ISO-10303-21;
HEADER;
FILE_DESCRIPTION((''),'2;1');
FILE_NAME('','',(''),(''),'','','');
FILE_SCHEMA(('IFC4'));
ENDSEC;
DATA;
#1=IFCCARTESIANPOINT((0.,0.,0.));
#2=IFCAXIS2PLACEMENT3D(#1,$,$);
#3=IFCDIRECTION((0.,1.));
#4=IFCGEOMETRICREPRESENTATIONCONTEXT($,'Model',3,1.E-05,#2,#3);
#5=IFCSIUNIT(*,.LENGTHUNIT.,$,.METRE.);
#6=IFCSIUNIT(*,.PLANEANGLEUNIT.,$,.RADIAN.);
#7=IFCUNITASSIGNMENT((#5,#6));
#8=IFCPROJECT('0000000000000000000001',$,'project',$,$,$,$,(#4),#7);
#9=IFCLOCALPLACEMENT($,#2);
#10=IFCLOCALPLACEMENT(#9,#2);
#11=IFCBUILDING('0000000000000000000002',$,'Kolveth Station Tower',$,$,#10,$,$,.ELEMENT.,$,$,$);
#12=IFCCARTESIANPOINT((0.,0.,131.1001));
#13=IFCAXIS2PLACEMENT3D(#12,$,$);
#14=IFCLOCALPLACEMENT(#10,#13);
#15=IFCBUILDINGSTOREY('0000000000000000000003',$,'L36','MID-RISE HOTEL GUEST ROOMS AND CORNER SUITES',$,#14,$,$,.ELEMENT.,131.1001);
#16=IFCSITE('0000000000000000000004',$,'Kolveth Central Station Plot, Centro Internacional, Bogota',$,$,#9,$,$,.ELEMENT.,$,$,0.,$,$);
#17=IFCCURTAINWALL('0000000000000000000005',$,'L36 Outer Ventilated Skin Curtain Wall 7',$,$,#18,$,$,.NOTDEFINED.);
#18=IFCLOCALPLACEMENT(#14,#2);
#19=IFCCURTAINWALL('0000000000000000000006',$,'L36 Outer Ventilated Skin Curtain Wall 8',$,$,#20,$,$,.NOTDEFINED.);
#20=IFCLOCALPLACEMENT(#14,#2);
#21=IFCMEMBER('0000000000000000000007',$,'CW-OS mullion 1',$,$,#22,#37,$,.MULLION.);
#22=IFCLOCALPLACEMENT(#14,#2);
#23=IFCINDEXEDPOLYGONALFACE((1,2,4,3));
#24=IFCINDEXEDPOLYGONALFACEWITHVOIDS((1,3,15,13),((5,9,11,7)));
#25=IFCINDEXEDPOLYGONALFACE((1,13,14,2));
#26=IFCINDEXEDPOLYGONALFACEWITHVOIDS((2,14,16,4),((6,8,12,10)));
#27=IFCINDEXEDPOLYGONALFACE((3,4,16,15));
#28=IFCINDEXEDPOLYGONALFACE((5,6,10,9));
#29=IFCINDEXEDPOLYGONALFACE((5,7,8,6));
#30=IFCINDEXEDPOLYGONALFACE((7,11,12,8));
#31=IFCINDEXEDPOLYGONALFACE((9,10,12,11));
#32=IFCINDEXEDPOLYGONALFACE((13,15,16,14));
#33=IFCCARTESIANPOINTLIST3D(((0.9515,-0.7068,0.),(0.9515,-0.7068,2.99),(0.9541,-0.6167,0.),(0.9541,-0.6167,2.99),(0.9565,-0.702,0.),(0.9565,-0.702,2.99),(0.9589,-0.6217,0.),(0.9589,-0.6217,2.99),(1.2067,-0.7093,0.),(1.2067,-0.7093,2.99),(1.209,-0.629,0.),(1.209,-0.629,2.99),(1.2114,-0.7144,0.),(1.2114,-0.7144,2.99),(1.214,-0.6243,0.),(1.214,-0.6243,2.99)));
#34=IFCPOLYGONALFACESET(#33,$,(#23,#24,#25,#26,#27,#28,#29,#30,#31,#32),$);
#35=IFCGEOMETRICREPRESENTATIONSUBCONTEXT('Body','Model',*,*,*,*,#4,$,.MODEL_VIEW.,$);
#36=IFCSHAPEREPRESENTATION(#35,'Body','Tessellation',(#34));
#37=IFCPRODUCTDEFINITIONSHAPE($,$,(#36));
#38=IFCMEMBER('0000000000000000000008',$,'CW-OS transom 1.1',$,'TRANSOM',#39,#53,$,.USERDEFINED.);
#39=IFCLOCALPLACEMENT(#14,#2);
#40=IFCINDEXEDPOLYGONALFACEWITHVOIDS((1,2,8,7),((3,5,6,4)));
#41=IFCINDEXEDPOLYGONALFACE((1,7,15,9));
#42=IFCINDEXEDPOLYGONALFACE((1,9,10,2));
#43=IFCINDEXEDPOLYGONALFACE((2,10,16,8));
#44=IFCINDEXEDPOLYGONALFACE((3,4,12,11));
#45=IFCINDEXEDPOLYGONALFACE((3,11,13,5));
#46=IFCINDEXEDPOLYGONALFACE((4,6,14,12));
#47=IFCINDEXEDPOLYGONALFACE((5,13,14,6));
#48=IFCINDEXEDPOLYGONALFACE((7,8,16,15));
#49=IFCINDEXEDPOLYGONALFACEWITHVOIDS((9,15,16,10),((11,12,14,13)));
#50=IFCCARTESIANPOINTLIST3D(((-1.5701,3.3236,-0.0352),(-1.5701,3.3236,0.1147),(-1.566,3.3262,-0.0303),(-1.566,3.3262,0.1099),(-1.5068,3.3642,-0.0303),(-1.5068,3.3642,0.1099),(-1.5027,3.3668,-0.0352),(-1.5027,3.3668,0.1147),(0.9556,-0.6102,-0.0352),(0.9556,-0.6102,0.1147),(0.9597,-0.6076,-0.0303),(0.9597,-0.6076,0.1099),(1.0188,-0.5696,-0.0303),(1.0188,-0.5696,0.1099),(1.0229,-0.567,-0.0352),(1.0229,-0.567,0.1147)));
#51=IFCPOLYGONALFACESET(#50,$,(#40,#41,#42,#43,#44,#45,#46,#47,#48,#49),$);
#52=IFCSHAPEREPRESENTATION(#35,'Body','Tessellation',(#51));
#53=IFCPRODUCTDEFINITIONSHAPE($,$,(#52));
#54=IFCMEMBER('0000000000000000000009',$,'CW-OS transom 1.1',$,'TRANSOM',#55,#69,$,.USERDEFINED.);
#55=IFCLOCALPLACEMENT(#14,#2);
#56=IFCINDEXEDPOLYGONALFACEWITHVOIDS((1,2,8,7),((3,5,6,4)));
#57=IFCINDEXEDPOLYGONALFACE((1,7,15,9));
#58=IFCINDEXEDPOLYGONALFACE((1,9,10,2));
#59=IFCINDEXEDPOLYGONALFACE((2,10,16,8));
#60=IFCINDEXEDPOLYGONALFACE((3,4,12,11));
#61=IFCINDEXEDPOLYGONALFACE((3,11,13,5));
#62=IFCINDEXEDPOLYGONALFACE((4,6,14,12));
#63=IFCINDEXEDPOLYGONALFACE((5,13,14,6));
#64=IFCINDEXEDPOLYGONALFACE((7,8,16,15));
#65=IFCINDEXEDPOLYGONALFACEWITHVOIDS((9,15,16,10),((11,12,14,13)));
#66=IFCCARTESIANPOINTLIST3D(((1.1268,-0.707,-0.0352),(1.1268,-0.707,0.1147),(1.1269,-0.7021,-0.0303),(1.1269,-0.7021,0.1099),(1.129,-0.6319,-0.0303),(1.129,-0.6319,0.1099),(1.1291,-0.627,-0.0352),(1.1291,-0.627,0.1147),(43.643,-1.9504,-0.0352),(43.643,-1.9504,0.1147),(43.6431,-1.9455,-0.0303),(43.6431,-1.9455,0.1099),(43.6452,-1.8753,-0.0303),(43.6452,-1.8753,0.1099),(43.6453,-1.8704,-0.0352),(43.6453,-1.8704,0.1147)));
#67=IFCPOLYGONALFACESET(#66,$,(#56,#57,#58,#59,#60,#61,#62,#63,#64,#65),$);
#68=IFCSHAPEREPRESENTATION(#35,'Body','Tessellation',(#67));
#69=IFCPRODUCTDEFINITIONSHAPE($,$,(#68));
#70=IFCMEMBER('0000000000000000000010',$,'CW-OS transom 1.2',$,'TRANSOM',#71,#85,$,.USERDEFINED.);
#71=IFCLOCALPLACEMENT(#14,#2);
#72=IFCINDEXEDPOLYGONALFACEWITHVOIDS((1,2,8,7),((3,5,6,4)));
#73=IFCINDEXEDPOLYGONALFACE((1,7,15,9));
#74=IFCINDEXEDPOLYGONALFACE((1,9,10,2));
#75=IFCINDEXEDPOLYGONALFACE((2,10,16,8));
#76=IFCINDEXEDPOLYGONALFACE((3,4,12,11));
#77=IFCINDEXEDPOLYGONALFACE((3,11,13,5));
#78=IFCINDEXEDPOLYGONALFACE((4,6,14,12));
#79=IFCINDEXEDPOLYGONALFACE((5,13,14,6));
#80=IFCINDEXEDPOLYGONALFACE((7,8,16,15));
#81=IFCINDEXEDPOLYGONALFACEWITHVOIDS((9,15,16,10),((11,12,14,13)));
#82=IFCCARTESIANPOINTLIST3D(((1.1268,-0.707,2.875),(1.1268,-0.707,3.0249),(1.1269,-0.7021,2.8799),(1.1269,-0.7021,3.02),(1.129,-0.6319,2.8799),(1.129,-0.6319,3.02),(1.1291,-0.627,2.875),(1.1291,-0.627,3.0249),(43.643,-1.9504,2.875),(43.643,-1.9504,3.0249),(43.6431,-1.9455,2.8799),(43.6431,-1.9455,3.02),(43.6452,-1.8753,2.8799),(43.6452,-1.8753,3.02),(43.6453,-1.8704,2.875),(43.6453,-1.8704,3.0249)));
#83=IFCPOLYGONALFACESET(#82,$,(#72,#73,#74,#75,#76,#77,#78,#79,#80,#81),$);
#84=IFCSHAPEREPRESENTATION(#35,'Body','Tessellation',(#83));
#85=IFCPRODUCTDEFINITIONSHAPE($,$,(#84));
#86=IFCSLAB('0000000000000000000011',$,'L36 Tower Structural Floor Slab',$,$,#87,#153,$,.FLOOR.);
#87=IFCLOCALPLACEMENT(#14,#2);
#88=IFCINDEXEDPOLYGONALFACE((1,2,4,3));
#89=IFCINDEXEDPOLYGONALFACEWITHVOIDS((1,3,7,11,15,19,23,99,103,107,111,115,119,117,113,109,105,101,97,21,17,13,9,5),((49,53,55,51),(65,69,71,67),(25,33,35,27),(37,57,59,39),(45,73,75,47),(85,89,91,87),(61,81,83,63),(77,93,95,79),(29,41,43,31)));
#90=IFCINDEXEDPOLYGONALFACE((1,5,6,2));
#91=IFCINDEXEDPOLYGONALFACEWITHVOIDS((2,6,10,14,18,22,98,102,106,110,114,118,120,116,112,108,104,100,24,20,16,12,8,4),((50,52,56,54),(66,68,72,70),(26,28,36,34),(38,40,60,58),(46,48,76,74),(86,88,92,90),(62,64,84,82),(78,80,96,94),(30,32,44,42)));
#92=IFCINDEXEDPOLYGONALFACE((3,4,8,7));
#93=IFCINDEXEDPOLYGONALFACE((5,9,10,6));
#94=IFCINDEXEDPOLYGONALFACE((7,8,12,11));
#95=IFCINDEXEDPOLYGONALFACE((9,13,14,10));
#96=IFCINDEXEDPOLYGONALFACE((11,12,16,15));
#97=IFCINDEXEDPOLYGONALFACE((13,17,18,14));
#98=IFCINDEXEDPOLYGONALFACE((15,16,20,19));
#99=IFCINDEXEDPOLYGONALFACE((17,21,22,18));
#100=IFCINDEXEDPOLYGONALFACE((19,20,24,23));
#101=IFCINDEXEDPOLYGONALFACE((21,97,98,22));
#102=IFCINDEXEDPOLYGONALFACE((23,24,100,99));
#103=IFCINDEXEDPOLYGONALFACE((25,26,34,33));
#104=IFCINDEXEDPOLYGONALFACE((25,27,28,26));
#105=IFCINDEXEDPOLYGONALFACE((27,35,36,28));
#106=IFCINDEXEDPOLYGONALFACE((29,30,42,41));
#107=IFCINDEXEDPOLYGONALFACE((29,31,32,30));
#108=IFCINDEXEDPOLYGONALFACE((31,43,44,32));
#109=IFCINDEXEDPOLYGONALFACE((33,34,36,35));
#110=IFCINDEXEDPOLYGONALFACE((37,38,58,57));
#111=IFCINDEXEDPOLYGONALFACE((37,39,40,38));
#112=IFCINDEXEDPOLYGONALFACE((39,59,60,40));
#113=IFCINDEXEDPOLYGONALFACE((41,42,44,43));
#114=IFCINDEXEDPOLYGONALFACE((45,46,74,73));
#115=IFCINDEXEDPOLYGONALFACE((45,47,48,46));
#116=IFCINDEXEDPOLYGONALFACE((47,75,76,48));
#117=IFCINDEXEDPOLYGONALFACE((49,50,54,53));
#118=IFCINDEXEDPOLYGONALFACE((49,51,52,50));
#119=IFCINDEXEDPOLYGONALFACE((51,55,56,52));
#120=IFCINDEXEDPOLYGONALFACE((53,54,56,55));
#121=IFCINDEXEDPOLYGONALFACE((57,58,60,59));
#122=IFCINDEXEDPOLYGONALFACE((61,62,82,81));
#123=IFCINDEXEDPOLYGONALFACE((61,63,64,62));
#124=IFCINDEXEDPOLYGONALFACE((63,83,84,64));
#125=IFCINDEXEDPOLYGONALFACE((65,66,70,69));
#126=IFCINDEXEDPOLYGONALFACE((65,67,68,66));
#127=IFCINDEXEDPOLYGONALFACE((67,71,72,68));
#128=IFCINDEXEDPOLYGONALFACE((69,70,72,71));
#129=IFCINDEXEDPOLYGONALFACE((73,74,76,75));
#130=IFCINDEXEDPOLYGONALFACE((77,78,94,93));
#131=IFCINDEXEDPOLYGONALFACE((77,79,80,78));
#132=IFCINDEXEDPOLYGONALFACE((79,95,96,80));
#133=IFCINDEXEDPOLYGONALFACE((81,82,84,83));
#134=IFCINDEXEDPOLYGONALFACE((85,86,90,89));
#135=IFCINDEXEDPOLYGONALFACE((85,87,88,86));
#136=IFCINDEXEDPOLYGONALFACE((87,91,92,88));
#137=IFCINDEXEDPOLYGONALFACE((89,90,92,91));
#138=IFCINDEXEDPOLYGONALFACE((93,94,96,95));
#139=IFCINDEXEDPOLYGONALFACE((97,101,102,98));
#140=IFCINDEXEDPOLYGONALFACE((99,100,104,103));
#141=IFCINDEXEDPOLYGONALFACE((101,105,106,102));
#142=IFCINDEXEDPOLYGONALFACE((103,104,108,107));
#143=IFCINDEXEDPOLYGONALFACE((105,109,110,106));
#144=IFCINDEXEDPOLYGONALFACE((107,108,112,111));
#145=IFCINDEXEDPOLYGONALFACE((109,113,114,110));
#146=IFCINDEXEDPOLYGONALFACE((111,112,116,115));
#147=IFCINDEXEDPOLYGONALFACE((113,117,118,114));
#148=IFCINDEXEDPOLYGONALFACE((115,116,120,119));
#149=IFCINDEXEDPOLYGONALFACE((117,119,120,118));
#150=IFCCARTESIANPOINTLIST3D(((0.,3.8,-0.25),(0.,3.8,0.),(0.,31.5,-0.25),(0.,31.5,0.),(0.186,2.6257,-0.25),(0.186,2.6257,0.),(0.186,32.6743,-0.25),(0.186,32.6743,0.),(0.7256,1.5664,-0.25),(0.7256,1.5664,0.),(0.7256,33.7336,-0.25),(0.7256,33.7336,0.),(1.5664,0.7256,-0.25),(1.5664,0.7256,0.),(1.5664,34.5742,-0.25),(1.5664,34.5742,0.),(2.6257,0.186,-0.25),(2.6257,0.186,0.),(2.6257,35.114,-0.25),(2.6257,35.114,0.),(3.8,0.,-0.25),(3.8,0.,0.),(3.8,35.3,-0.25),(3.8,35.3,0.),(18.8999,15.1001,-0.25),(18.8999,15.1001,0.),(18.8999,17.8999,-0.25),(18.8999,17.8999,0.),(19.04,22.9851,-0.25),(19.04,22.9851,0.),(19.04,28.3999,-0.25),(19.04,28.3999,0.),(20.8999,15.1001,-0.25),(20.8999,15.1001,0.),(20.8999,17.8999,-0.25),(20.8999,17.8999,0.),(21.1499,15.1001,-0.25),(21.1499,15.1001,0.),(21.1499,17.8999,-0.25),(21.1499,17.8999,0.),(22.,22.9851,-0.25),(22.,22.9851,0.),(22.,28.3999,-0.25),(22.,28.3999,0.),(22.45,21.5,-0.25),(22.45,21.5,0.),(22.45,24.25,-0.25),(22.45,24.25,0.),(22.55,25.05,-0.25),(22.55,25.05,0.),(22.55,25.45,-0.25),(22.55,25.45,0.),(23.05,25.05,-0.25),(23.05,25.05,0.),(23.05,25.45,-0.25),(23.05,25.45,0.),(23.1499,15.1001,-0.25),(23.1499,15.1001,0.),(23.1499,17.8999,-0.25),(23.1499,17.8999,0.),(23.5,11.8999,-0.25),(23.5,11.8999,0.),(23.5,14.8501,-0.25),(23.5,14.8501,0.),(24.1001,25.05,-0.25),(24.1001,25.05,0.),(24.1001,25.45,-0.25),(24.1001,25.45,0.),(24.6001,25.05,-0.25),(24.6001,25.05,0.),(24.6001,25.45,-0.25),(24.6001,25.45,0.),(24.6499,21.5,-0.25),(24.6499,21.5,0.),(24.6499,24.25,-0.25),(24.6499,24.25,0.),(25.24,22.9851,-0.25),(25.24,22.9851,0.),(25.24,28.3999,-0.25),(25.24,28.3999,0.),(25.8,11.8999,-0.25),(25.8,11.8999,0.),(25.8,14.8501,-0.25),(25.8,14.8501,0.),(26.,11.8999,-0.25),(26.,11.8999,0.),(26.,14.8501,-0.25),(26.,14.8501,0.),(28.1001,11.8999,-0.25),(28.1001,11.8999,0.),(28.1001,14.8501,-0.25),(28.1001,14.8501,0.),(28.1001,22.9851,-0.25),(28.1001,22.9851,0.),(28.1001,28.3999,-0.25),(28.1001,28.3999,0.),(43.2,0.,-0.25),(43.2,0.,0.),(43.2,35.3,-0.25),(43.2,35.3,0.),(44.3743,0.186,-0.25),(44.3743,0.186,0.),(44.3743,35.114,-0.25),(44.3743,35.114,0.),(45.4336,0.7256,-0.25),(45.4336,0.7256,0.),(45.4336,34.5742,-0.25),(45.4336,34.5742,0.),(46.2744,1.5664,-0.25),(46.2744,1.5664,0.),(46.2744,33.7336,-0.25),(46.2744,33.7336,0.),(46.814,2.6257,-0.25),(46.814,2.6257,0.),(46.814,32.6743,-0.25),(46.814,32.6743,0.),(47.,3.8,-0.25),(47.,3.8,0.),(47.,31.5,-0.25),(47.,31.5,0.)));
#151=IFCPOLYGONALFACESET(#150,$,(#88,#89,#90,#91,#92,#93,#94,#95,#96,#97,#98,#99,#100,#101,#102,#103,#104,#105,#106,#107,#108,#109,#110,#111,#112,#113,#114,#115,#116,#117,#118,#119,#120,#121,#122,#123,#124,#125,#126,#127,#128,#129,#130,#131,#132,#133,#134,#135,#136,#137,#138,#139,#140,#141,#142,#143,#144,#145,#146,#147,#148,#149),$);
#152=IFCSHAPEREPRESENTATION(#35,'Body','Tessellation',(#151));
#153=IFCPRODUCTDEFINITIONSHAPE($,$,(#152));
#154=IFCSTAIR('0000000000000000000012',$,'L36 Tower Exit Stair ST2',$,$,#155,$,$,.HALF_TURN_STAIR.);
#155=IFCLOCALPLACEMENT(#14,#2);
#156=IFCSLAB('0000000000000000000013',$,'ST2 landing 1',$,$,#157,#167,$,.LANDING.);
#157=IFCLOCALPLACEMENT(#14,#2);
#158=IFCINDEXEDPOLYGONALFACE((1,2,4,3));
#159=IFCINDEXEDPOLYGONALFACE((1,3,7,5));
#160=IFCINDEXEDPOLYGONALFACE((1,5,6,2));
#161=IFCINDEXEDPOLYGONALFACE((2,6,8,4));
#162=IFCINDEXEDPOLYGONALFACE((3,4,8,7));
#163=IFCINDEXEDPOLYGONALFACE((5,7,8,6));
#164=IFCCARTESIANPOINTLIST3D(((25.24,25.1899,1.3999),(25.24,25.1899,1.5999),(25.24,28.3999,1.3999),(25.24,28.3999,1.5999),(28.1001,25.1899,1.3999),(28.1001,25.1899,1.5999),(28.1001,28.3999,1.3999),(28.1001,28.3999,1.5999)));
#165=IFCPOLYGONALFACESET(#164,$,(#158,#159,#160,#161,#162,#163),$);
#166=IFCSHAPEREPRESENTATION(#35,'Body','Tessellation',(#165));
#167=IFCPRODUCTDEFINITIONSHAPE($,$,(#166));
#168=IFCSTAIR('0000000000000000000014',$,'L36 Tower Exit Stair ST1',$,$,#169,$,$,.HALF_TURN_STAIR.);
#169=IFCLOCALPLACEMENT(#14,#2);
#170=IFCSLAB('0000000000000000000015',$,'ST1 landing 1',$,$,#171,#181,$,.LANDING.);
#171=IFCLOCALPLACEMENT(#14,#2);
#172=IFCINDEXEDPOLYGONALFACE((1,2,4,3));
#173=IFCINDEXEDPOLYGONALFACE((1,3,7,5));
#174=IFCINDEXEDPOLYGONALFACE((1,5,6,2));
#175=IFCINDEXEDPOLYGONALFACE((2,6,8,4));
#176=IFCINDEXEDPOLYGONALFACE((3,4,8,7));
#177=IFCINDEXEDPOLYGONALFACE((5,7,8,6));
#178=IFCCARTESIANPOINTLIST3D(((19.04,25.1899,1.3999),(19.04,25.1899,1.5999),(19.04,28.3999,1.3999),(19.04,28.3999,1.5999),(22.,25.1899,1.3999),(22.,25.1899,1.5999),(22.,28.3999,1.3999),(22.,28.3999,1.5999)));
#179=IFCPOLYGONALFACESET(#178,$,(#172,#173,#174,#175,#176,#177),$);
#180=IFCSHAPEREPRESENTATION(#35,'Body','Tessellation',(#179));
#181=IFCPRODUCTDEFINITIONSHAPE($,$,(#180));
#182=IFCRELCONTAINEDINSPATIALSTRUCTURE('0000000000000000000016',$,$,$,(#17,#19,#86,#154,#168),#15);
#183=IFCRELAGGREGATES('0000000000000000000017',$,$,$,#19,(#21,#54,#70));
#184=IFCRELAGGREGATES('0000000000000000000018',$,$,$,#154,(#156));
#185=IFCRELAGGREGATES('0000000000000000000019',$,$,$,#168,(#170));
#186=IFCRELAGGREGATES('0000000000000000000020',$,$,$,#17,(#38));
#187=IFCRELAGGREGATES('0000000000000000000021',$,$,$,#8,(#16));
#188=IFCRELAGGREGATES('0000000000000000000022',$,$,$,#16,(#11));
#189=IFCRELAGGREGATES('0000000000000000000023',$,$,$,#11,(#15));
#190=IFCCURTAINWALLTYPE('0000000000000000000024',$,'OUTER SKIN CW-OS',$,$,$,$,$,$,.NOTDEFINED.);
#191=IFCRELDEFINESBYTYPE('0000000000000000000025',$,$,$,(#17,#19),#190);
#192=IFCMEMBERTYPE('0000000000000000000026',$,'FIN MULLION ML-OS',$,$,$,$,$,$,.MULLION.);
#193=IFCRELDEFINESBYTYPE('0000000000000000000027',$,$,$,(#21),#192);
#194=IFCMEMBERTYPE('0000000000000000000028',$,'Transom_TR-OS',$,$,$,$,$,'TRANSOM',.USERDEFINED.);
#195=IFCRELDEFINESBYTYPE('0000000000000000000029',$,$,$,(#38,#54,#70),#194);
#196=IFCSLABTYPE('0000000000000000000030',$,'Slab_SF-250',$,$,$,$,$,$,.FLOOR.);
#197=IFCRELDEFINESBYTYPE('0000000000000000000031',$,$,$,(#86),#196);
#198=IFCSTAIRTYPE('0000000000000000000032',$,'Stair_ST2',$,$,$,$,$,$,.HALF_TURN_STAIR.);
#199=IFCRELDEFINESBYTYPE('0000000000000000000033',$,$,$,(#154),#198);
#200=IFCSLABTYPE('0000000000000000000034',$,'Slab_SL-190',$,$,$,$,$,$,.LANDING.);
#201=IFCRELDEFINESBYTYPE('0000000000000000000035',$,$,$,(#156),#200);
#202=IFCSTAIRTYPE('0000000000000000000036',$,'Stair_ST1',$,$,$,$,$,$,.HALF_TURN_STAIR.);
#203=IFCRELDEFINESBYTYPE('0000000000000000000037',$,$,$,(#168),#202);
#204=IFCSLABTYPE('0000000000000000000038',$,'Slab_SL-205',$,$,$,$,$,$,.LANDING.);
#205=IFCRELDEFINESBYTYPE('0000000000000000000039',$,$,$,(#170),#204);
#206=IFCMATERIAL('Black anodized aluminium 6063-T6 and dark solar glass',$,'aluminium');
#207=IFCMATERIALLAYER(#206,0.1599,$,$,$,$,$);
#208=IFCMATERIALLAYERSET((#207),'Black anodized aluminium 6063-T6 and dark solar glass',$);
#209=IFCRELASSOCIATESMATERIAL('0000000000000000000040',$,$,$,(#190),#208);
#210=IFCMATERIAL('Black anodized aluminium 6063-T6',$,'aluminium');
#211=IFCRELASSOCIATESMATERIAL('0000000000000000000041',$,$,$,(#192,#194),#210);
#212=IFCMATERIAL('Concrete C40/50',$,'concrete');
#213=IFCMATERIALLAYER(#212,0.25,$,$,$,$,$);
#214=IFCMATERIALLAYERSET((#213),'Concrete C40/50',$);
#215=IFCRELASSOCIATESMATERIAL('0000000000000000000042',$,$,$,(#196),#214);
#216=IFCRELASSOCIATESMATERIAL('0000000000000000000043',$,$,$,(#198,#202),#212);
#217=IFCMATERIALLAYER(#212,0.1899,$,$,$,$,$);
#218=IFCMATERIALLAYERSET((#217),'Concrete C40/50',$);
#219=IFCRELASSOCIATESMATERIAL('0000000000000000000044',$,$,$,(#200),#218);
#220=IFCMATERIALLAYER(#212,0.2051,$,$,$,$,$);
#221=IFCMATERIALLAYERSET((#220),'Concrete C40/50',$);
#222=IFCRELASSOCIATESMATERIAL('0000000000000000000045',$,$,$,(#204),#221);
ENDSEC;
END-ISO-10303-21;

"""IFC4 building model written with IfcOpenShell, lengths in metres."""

from ifc_helpers import new_model, si_unit, direction, frame, origin, origin_2d, place, context, subcontext, project, spatial, polyline, hollow_rectangle, outline, extrude, source, transform, mapped, material, layer, layer_set, material_profile, profile_set, type_object, element, aggregate, save


model = new_model("IFC4")

# Units and contexts
model_context = context("Model", 3, precision=1e-05, world=origin(), true_north=direction((0.0, 1.0)))
body_context = subcontext(model_context, "Body", "Model", "MODEL_VIEW")
ifc_project = project(units=[si_unit("LENGTHUNIT", "METRE"), si_unit("PLANEANGLEUNIT", "RADIAN")], contexts=[model_context])

# Site, building, storey
site_placement = place(None, origin())
site = spatial("IfcSite", under=ifc_project, at=site_placement, Name="Kolveth Central Station Plot, Centro Internacional, Bogota", CompositionType="ELEMENT", RefElevation=0.0)
building_placement = place(site_placement, origin())
building = spatial("IfcBuilding", under=site, at=building_placement, Name="Kolveth Station Tower", CompositionType="ELEMENT")
storey_placement = place(building_placement, frame((0.0, 0.0, 131.1001)))
storey = spatial("IfcBuildingStorey", under=building, at=storey_placement, Name="L36", Description="MID-RISE HOTEL GUEST ROOMS AND CORNER SUITES", CompositionType="ELEMENT", Elevation=131.1001)

# Shared definitions
ifc_material_1 = material(Name="Black anodized aluminium 6063-T6", Category="aluminium")

# Curtain walls, member
ifc_material_2 = material(Name="Black anodized aluminium 6063-T6 and dark solar glass", Category="aluminium")
ifc_layer_1 = layer(ifc_material_2, 0.1599)
ifc_layer_set_1 = layer_set([ifc_layer_1], Name="Black anodized aluminium 6063-T6 and dark solar glass")
curtain_wall_type_1 = type_object("IfcCurtainWallType", Name="OUTER SKIN CW-OS", PredefinedType="NOTDEFINED", material=ifc_layer_set_1)
curtain_wall_1_placement = place(storey_placement, origin())
curtain_wall_1 = element("IfcCurtainWall", 1, at=curtain_wall_1_placement, inside=storey, type_object=curtain_wall_type_1, Name="L36 Outer Ventilated Skin Curtain Wall 7", PredefinedType="NOTDEFINED")
ifc_material_profile_1 = material_profile(ifc_material_1, hollow_rectangle(XDim=0.0901, YDim=0.26, WallThickness=0.0049, at=origin_2d()), Name="ALU-90x260x5")
ifc_profile_set_1 = profile_set([ifc_material_profile_1], Name="Black anodized aluminium 6063-T6")
member_type_1 = type_object("IfcMemberType", Name="FIN MULLION ML-OS", PredefinedType="MULLION", material=ifc_profile_set_1)
shared_shape_1 = source(origin(), body_context, "Body", "SweptSolid", [
    extrude(hollow_rectangle(XDim=0.0901, YDim=0.26, WallThickness=0.0049, at=origin_2d()), origin(), (0.0, 0.0, 1.0), 2.99),
])
curtain_wall_2_placement = place(storey_placement, origin())
curtain_wall_2 = element("IfcCurtainWall", 2, at=curtain_wall_2_placement, inside=storey, type_object=curtain_wall_type_1, Name="L36 Outer Ventilated Skin Curtain Wall 8", PredefinedType="NOTDEFINED")
member_1_placement = place(storey_placement, frame((1.0828, -0.6655, 0.0), z_axis=(0.0, 0.0, 1.0), x_axis=(0.029234, 0.999573, 0.0)))
member_1 = element("IfcMember", 3, at=member_1_placement, type_object=member_type_1, Name="CW-OS mullion 1", PredefinedType="MULLION", context=body_context, shape_type="MappedRepresentation", body=[
    mapped(shared_shape_1, transform((0.0, 0.0, 0.0), x_axis=(1.0, 0.0, 0.0), y_axis=(0.0, 1.0, 0.0), z_axis=(0.0, 0.0, 1.0), scale=1.0)),
])

# Members
ifc_material_profile_2 = material_profile(ifc_material_1, hollow_rectangle(XDim=0.0801, YDim=0.1499, WallThickness=0.0049, at=origin_2d()), Name="ALU-80x150x5")
ifc_profile_set_2 = profile_set([ifc_material_profile_2], Name="Black anodized aluminium 6063-T6")
member_type_2 = type_object("IfcMemberType", Name="Transom_TR-OS", ElementType="TRANSOM", PredefinedType="USERDEFINED", material=ifc_profile_set_2)
shared_shape_2 = source(origin(), body_context, "Body", "SweptSolid", [
    extrude(hollow_rectangle(XDim=0.0801, YDim=0.1499, WallThickness=0.0049, at=origin_2d()), origin(), (0.0, 0.0, 1.0), 4.6748),
])
member_2_placement = place(storey_placement, frame((-1.5364, 3.3452, 0.0398), z_axis=(0.540264, -0.841496, 0.0), x_axis=(0.841496, 0.540264, 0.0)))
member_2 = element("IfcMember", 4, at=member_2_placement, type_object=member_type_2, Name="CW-OS transom 1.1", ObjectType="TRANSOM", PredefinedType="USERDEFINED", context=body_context, shape_type="MappedRepresentation", body=[
    mapped(shared_shape_2, transform((0.0, 0.0, 0.0), x_axis=(1.0, 0.0, 0.0), y_axis=(0.0, 1.0, 0.0), z_axis=(0.0, 0.0, 1.0), scale=1.0)),
])
shared_shape_3 = source(origin(), body_context, "Body", "SweptSolid", [
    extrude(hollow_rectangle(XDim=0.0801, YDim=0.1499, WallThickness=0.0049, at=origin_2d()), origin(), (0.0, 0.0, 1.0), 42.5344),
])
member_3_placement = place(storey_placement, frame((1.1279, -0.667, 0.0398), z_axis=(0.999573, -0.029233, 0.0), x_axis=(0.029233, 0.999573, 0.0)))
member_3 = element("IfcMember", 5, at=member_3_placement, type_object=member_type_2, Name="CW-OS transom 1.1", ObjectType="TRANSOM", PredefinedType="USERDEFINED", context=body_context, shape_type="MappedRepresentation", body=[
    mapped(shared_shape_3, transform((0.0, 0.0, 0.0), x_axis=(1.0, 0.0, 0.0), y_axis=(0.0, 1.0, 0.0), z_axis=(0.0, 0.0, 1.0), scale=1.0)),
])
member_4_placement = place(storey_placement, frame((1.1279, -0.667, 2.95), z_axis=(0.999573, -0.029233, 0.0), x_axis=(0.029233, 0.999573, 0.0)))
member_4 = element("IfcMember", 6, at=member_4_placement, type_object=member_type_2, Name="CW-OS transom 1.2", ObjectType="TRANSOM", PredefinedType="USERDEFINED", context=body_context, shape_type="MappedRepresentation", body=[
    mapped(shared_shape_3, transform((0.0, 0.0, 0.0), x_axis=(1.0, 0.0, 0.0), y_axis=(0.0, 1.0, 0.0), z_axis=(0.0, 0.0, 1.0), scale=1.0)),
])
aggregate(curtain_wall_2, [member_1, member_3, member_4])

# Slab
ifc_material_3 = material(Name="Concrete C40/50", Category="concrete")
ifc_layer_2 = layer(ifc_material_3, 0.25)
ifc_layer_set_2 = layer_set([ifc_layer_2], Name="Concrete C40/50")
slab_type_1 = type_object("IfcSlabType", Name="Slab_SF-250", PredefinedType="FLOOR", material=ifc_layer_set_2)
slab_1_placement = place(storey_placement, frame((0.0, 0.0, -0.25)))
element("IfcSlab", 7, at=slab_1_placement, inside=storey, type_object=slab_type_1, Name="L36 Tower Structural Floor Slab", PredefinedType="FLOOR", context=body_context, shape_type="SweptSolid", body=[
    extrude(outline(polyline([(43.2, 0.0), (44.3743, 0.186), (45.4336, 0.7256), (46.2744, 1.5664), (46.814, 2.6257), (47.0, 3.8), (47.0, 31.5), (46.814, 32.6743), (46.2744, 33.7336), (45.4336, 34.5742), (44.3743, 35.114), (43.2, 35.3), (3.8, 35.3), (2.6257, 35.114), (1.5664, 34.5742), (0.7256, 33.7336), (0.186, 32.6743), (0.0, 31.5), (0.0, 3.8), (0.186, 2.6257), (0.7256, 1.5664), (1.5664, 0.7256), (2.6257, 0.186), (3.8, 0.0), (43.2, 0.0)]), holes=[polyline([(19.04, 22.9851), (22.0, 22.9851), (22.0, 28.3999), (19.04, 28.3999), (19.04, 22.9851)]), polyline([(25.24, 22.9851), (28.1001, 22.9851), (28.1001, 28.3999), (25.24, 28.3999), (25.24, 22.9851)]), polyline([(18.8999, 15.1001), (20.8999, 15.1001), (20.8999, 17.8999), (18.8999, 17.8999), (18.8999, 15.1001)]), polyline([(21.1499, 15.1001), (23.1499, 15.1001), (23.1499, 17.8999), (21.1499, 17.8999), (21.1499, 15.1001)]), polyline([(22.45, 21.5), (24.6499, 21.5), (24.6499, 24.25), (22.45, 24.25), (22.45, 21.5)]), polyline([(23.5, 11.8999), (25.8, 11.8999), (25.8, 14.8501), (23.5, 14.8501), (23.5, 11.8999)]), polyline([(26.0, 11.8999), (28.1001, 11.8999), (28.1001, 14.8501), (26.0, 14.8501), (26.0, 11.8999)]), polyline([(22.55, 25.05), (23.05, 25.05), (23.05, 25.45), (22.55, 25.45), (22.55, 25.05)]), polyline([(24.1001, 25.05), (24.6001, 25.05), (24.6001, 25.45), (24.1001, 25.45), (24.1001, 25.05)])]), origin(), (0.0, 0.0, 1.0), 0.25),
])

# Stairs, slabs
stair_type_1 = type_object("IfcStairType", Name="Stair_ST2", PredefinedType="HALF_TURN_STAIR", material=ifc_material_3)
stair_1_placement = place(storey_placement, origin())
stair_1 = element("IfcStair", 8, at=stair_1_placement, inside=storey, type_object=stair_type_1, Name="L36 Tower Exit Stair ST2", PredefinedType="HALF_TURN_STAIR")
ifc_layer_3 = layer(ifc_material_3, 0.1899)
ifc_layer_set_3 = layer_set([ifc_layer_3], Name="Concrete C40/50")
slab_type_2 = type_object("IfcSlabType", Name="Slab_SL-190", PredefinedType="LANDING", material=ifc_layer_set_3)
slab_2_placement = place(storey_placement, frame((0.0, 0.0, 1.3999)))
slab_2 = element("IfcSlab", 9, at=slab_2_placement, type_object=slab_type_2, Name="ST2 landing 1", PredefinedType="LANDING", context=body_context, shape_type="SweptSolid", body=[
    extrude(outline(polyline([(28.1001, 25.1899), (28.1001, 28.3999), (25.24, 28.3999), (25.24, 25.1899), (28.1001, 25.1899)])), origin(), (0.0, 0.0, 1.0), 0.2),
])
aggregate(stair_1, [slab_2])
stair_type_2 = type_object("IfcStairType", Name="Stair_ST1", PredefinedType="HALF_TURN_STAIR", material=ifc_material_3)
stair_2_placement = place(storey_placement, origin())
stair_2 = element("IfcStair", 10, at=stair_2_placement, inside=storey, type_object=stair_type_2, Name="L36 Tower Exit Stair ST1", PredefinedType="HALF_TURN_STAIR")
ifc_layer_4 = layer(ifc_material_3, 0.2051)
ifc_layer_set_4 = layer_set([ifc_layer_4], Name="Concrete C40/50")
slab_type_3 = type_object("IfcSlabType", Name="Slab_SL-205", PredefinedType="LANDING", material=ifc_layer_set_4)
slab_3_placement = place(storey_placement, frame((0.0, 0.0, 1.3999)))
slab_3 = element("IfcSlab", 11, at=slab_3_placement, type_object=slab_type_3, Name="ST1 landing 1", PredefinedType="LANDING", context=body_context, shape_type="SweptSolid", body=[
    extrude(outline(polyline([(22.0, 25.1899), (22.0, 28.3999), (19.04, 28.3999), (19.04, 25.1899), (22.0, 25.1899)])), origin(), (0.0, 0.0, 1.0), 0.2),
])
aggregate(stair_2, [slab_3])

aggregate(curtain_wall_1, [member_2])

save(model, "model.ifc")
